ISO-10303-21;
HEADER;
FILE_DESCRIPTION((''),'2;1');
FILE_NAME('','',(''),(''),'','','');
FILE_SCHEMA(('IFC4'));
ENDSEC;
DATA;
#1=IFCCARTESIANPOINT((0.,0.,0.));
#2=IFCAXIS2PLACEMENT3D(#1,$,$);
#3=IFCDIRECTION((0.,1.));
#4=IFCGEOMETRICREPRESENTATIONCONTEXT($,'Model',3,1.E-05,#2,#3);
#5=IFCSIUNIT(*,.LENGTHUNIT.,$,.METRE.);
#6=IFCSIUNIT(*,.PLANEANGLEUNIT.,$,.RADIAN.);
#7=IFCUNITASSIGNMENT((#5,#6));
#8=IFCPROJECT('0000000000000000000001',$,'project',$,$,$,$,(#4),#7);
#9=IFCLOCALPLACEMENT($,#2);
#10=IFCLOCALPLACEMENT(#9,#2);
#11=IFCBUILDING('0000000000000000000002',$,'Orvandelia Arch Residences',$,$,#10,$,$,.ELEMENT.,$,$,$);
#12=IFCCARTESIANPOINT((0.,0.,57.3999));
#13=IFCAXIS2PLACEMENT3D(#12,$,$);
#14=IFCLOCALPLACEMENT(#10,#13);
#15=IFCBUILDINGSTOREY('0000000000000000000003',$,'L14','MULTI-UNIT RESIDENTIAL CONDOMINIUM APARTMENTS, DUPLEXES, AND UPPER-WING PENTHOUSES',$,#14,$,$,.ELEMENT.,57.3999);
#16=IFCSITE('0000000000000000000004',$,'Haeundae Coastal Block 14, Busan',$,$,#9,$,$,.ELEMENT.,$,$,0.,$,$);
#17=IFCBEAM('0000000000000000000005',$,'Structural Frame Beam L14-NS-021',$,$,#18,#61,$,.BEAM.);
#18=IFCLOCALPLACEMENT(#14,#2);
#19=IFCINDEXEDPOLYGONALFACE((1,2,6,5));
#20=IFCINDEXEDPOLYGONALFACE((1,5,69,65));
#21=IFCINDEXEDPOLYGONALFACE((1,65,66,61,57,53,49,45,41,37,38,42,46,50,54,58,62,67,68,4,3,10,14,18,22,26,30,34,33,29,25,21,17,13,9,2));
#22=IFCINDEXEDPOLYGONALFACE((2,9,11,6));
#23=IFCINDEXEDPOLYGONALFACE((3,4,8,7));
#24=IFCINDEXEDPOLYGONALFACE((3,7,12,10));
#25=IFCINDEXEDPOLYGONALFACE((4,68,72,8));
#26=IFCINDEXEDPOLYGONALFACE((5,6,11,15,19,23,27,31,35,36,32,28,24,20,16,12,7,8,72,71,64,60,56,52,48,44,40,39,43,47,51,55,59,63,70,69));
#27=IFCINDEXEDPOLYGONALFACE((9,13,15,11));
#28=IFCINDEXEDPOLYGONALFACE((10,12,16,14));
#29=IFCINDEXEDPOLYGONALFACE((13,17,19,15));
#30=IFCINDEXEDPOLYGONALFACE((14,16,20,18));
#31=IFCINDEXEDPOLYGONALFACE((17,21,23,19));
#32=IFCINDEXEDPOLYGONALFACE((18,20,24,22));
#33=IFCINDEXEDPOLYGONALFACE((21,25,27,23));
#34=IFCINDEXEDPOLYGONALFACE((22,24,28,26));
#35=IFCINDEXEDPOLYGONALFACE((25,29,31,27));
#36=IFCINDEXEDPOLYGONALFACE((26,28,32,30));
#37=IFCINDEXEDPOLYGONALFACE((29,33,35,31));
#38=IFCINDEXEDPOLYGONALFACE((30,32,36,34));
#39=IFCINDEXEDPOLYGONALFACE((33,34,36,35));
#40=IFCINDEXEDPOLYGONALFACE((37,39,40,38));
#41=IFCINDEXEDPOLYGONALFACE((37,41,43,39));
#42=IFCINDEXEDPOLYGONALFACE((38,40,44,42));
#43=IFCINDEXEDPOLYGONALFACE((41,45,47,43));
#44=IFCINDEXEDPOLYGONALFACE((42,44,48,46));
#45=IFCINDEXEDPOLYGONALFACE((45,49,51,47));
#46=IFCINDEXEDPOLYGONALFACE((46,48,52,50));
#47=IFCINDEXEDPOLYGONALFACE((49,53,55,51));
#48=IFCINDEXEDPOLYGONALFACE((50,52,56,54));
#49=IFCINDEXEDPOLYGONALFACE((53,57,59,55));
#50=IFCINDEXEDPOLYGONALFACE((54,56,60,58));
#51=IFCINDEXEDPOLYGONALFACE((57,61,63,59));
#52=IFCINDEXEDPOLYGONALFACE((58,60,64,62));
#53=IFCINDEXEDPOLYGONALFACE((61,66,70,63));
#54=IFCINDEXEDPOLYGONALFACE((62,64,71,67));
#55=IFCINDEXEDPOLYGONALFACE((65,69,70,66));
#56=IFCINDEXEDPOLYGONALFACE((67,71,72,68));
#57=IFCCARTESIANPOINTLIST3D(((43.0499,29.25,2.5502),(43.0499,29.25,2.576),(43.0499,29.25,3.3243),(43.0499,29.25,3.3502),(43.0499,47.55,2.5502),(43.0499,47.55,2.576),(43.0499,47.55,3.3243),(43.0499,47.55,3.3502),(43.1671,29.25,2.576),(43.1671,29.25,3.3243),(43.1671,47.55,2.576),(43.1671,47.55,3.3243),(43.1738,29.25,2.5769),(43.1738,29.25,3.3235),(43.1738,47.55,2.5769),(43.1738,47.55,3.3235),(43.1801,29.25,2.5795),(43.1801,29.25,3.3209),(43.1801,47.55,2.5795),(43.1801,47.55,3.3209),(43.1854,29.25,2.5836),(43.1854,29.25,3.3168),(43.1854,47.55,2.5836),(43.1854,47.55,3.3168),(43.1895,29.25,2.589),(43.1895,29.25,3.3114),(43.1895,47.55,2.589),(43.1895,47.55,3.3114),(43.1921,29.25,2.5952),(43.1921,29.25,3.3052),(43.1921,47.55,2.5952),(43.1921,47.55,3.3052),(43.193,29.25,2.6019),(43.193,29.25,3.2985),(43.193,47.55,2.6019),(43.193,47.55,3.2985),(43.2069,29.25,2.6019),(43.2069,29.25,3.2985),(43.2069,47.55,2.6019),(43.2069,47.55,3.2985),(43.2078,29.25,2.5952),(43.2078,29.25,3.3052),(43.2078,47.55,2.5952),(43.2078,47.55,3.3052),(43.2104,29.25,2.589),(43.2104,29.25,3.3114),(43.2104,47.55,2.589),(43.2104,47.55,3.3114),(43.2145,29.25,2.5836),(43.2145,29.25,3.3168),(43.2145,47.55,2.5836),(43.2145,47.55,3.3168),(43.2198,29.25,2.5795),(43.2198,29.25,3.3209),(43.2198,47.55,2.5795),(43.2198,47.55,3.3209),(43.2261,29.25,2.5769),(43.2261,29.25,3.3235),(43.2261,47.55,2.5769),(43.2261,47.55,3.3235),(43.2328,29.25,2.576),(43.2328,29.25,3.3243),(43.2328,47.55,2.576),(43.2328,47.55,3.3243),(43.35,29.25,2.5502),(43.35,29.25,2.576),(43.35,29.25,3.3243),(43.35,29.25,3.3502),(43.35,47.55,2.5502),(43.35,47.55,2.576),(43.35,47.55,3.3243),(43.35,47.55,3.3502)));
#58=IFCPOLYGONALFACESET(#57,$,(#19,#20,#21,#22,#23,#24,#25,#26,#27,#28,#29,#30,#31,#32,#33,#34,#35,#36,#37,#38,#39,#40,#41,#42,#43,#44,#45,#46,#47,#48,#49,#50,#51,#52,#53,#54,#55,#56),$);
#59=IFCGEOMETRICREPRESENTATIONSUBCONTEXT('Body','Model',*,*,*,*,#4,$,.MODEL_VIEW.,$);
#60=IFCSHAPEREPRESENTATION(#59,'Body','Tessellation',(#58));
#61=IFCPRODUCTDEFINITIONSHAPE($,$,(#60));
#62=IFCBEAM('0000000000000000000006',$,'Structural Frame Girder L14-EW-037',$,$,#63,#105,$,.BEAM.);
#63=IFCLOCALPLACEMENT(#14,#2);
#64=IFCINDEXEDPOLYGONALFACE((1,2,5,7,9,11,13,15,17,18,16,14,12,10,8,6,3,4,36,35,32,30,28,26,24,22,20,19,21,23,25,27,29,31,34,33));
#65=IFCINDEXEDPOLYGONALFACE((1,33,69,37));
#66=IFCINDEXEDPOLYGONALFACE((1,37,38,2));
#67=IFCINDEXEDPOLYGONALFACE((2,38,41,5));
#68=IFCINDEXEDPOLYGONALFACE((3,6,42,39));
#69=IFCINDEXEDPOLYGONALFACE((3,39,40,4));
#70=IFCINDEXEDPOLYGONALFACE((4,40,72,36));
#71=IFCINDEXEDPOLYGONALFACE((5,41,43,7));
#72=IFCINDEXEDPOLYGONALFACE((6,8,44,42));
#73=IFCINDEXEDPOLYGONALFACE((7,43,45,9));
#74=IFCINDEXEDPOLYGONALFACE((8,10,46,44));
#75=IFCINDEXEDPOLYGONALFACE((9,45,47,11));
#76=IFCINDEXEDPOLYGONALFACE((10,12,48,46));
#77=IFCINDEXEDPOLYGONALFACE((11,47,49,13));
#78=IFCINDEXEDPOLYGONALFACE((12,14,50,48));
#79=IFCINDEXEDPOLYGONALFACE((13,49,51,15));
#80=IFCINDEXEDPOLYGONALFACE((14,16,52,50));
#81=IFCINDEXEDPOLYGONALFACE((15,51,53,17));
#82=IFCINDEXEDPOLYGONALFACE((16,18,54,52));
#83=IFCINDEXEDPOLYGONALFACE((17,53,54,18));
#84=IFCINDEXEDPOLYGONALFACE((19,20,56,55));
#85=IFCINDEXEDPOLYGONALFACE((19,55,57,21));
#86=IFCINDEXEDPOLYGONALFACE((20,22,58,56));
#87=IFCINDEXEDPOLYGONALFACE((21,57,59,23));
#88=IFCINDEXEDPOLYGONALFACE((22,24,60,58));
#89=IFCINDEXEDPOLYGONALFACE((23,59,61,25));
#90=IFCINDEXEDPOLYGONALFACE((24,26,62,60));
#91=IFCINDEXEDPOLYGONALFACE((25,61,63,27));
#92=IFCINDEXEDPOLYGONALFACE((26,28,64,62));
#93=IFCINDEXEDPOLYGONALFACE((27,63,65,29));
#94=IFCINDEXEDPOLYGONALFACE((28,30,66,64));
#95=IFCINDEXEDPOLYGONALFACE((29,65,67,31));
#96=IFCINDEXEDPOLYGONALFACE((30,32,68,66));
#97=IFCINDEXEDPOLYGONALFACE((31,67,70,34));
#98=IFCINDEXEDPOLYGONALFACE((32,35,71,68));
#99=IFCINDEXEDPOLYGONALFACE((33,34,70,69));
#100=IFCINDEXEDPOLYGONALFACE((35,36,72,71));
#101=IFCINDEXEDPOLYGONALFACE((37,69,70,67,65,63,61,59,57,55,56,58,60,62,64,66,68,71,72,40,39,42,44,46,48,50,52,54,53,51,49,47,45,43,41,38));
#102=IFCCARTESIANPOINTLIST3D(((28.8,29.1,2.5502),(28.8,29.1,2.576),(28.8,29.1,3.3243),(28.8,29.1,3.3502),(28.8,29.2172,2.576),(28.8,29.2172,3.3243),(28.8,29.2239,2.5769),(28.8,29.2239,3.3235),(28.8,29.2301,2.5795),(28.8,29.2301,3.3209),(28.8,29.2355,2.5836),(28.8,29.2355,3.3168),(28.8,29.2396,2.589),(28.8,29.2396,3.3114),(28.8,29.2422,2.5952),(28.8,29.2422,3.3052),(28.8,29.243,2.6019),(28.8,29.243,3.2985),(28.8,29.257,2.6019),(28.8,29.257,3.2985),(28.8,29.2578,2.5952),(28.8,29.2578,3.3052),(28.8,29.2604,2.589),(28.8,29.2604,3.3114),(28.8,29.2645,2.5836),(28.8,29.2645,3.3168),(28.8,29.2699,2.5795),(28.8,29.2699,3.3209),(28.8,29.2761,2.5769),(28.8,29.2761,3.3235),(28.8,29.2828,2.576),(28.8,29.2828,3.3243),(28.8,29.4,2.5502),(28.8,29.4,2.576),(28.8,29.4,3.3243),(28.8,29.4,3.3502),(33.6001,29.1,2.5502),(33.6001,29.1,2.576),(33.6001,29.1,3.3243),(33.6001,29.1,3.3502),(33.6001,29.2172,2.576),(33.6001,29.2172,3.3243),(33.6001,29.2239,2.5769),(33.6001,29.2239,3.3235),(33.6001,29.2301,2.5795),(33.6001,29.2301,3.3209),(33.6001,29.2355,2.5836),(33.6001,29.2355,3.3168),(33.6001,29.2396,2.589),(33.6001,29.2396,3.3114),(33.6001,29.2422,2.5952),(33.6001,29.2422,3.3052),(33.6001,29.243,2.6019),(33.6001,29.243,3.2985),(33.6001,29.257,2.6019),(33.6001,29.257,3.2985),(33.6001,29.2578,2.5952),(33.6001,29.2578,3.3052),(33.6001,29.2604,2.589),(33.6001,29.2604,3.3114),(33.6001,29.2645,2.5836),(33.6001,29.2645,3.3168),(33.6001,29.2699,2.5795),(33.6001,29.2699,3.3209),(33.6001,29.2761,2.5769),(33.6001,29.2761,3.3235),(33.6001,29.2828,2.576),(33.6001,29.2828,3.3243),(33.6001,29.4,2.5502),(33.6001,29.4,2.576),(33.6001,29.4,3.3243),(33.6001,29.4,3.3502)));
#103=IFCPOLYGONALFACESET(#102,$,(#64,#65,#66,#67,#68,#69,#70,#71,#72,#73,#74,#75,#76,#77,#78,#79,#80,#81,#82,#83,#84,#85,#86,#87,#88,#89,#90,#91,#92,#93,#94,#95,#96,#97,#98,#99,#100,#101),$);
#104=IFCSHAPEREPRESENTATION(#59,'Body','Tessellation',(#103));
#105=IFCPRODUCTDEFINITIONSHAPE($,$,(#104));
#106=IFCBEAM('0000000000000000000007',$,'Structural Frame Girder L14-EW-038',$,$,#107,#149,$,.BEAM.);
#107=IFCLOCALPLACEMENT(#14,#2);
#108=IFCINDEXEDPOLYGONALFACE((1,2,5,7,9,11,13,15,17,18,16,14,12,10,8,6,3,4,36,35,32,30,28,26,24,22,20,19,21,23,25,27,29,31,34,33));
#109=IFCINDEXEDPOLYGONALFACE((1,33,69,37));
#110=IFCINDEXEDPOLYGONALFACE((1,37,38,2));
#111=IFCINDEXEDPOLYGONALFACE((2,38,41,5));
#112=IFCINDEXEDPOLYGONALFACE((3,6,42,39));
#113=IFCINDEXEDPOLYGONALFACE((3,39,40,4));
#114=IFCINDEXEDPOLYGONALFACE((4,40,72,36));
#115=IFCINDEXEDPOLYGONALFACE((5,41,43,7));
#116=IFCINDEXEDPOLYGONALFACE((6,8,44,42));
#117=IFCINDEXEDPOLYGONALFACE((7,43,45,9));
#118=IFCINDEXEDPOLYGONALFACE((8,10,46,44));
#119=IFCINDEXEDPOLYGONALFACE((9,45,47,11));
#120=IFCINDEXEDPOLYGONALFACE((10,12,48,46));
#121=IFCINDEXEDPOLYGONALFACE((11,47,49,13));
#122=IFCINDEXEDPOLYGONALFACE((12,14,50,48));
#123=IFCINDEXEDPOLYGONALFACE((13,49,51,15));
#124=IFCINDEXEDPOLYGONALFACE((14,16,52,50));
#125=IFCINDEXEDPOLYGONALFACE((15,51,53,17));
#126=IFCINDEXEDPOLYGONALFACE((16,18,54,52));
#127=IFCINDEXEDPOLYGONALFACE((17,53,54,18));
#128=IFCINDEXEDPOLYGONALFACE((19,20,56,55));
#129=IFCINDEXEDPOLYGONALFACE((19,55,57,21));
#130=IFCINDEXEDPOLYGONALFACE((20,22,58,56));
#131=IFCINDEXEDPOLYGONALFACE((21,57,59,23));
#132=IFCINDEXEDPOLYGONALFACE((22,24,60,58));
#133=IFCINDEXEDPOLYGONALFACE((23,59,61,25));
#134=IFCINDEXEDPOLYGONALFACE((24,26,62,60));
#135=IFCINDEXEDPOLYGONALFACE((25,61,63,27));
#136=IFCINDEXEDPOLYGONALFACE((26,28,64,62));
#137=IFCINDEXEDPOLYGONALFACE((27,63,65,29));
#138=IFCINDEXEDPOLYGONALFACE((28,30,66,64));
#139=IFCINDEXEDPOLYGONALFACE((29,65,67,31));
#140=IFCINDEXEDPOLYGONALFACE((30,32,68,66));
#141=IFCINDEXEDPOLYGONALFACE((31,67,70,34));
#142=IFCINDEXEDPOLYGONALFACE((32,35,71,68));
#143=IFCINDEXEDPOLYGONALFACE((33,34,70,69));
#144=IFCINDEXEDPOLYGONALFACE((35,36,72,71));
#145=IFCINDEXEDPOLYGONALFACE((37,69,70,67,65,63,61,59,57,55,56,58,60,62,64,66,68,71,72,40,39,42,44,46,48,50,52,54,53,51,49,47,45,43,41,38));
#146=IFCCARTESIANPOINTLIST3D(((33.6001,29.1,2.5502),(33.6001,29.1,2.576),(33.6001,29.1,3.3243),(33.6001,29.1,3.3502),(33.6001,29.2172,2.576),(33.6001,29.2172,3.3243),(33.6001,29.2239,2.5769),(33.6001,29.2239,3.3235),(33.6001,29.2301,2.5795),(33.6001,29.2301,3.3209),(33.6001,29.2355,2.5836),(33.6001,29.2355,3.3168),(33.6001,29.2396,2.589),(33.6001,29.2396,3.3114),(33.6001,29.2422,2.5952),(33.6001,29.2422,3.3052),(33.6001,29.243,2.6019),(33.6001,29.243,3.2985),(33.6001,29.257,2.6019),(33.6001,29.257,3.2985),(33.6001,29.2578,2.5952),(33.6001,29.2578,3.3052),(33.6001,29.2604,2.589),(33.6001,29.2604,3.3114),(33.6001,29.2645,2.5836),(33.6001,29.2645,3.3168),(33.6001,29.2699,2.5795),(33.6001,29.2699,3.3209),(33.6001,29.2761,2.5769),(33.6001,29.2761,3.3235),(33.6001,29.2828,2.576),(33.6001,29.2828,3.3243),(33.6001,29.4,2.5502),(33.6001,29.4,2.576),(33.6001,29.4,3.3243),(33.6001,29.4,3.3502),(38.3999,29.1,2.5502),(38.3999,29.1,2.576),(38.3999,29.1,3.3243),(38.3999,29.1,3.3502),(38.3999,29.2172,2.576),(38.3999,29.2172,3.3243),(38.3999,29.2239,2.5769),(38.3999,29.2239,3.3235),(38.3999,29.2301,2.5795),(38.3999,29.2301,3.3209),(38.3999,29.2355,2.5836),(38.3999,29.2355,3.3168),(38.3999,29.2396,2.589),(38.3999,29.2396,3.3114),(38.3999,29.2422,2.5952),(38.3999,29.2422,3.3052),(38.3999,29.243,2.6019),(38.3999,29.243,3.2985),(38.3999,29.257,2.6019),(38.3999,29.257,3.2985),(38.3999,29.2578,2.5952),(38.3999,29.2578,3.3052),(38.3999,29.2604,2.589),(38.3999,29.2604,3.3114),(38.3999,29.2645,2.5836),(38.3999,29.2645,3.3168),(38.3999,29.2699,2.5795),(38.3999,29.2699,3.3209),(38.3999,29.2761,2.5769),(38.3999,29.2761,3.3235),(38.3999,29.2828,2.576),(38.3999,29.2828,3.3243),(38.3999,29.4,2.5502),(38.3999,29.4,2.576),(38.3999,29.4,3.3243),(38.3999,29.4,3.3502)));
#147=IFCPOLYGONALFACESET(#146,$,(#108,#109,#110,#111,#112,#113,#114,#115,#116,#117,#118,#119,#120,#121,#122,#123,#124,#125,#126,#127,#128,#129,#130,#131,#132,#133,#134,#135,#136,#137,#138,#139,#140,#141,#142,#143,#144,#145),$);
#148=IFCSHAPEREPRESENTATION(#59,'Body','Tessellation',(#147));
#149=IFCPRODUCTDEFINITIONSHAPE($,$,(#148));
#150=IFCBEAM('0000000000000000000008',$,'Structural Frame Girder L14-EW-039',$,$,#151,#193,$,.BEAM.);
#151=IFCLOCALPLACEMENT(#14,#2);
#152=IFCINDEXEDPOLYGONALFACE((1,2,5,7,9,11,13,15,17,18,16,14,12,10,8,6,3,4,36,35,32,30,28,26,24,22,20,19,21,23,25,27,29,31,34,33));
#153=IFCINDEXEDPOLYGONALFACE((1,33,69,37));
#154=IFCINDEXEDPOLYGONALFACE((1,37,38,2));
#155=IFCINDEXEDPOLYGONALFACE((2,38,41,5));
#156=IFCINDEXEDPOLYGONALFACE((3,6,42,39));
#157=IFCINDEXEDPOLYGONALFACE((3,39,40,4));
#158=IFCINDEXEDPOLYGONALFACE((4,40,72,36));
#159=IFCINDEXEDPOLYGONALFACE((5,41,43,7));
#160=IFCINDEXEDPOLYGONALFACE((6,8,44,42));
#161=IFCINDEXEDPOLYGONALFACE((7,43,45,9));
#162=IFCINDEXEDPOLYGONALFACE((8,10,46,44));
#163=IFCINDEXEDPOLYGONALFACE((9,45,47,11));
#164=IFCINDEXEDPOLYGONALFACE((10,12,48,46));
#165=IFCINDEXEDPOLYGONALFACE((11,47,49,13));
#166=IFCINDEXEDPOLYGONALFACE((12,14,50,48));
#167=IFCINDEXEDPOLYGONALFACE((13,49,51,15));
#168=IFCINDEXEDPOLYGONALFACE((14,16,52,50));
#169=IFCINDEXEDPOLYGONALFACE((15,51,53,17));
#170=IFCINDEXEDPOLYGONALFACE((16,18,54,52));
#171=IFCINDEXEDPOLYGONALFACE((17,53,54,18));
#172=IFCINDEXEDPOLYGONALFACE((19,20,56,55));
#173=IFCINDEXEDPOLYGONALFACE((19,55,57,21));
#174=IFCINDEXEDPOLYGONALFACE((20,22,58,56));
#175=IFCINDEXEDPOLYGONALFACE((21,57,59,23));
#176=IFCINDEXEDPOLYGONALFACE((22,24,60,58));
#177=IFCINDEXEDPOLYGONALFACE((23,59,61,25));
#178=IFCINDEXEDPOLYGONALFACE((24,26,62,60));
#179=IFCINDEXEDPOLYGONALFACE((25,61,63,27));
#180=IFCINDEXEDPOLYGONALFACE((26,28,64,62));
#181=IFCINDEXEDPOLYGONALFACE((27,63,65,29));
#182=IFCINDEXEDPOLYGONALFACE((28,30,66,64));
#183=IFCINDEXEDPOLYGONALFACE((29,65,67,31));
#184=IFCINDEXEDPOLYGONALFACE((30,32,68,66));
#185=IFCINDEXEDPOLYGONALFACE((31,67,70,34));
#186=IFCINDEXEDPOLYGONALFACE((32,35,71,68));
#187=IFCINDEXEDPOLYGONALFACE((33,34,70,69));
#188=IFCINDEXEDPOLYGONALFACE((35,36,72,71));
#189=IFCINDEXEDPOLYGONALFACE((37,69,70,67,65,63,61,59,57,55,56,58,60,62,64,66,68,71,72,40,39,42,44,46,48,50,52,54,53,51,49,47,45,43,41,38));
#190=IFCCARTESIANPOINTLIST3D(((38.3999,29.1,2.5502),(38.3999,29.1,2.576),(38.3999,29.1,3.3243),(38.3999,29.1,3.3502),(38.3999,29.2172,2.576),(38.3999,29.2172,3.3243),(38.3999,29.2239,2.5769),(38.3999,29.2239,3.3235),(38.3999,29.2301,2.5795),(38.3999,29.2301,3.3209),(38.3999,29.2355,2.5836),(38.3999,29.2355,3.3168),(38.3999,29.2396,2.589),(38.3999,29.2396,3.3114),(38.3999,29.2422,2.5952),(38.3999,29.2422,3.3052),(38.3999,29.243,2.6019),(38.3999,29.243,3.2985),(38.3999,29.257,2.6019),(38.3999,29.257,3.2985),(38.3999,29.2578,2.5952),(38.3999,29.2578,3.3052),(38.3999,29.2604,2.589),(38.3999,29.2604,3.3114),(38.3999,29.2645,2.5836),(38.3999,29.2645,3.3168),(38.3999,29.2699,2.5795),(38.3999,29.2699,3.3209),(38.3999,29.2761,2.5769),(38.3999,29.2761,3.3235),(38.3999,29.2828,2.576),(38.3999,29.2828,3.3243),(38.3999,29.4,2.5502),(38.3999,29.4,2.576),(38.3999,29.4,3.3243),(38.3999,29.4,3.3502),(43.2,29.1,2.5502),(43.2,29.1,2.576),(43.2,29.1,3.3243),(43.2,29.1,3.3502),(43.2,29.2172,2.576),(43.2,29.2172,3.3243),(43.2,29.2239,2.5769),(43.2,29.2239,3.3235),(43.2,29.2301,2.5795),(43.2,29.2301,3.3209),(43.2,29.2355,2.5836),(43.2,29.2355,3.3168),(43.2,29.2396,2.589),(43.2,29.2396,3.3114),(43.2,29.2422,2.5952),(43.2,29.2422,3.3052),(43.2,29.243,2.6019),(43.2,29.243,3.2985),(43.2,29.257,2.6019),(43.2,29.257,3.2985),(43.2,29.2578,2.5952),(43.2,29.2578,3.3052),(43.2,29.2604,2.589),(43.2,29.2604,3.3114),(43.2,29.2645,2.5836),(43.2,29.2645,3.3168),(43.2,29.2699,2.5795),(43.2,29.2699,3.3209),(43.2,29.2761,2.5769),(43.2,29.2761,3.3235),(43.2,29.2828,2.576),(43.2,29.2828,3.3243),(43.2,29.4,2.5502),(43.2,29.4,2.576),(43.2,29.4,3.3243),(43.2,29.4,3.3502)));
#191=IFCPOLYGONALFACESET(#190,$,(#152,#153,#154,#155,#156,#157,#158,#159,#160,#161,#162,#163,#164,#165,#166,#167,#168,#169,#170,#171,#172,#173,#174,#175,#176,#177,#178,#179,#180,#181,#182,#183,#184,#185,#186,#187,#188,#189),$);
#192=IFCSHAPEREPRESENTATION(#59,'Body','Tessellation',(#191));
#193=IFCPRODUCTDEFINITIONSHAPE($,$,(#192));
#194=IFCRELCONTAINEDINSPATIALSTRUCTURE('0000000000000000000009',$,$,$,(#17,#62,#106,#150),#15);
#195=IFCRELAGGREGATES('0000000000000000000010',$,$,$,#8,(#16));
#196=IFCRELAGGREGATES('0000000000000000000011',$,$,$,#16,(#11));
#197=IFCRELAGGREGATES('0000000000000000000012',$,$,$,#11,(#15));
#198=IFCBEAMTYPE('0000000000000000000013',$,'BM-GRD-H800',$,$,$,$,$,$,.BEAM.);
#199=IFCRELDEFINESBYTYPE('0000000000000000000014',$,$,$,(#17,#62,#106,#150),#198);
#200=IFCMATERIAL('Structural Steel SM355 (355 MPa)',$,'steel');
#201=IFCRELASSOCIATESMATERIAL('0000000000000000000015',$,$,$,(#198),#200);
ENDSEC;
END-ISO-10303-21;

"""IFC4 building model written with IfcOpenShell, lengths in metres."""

from ifc_helpers import new_model, si_unit, direction, frame, origin, origin_2d, place, context, subcontext, project, spatial, i_section, extrude, material, material_profile, profile_set, type_object, element, save


model = new_model("IFC4")

# Units and contexts
model_context = context("Model", 3, precision=1e-05, world=origin(), true_north=direction((0.0, 1.0)))
body_context = subcontext(model_context, "Body", "Model", "MODEL_VIEW")
ifc_project = project(units=[si_unit("LENGTHUNIT", "METRE"), si_unit("PLANEANGLEUNIT", "RADIAN")], contexts=[model_context])

# Site, building, storey
site_placement = place(None, origin())
site = spatial("IfcSite", under=ifc_project, at=site_placement, Name="Haeundae Coastal Block 14, Busan", CompositionType="ELEMENT", RefElevation=0.0)
building_placement = place(site_placement, origin())
building = spatial("IfcBuilding", under=site, at=building_placement, Name="Orvandelia Arch Residences", CompositionType="ELEMENT")
storey_placement = place(building_placement, frame((0.0, 0.0, 57.3999)))
storey = spatial("IfcBuildingStorey", under=building, at=storey_placement, Name="L14", Description="MULTI-UNIT RESIDENTIAL CONDOMINIUM APARTMENTS, DUPLEXES, AND UPPER-WING PENTHOUSES", CompositionType="ELEMENT", Elevation=57.3999)

# Beams
ifc_material_1 = material(Name="Structural Steel SM355 (355 MPa)", Category="steel")
ifc_material_profile_1 = material_profile(ifc_material_1, i_section(OverallWidth=0.3, OverallDepth=0.8, WebThickness=0.0139, FlangeThickness=0.0259, FilletRadius=0.0259, at=origin_2d()), Name="Structural Steel SM355 (355 MPa)", Category="steel")
ifc_profile_set_1 = profile_set([ifc_material_profile_1], Name="Structural Steel SM355 (355 MPa)")
beam_type = type_object("IfcBeamType", Name="BM-GRD-H800", PredefinedType="BEAM", material=ifc_profile_set_1)
for number, where, z_axis, x_axis, name in (
    (1, (43.2, 29.25, 2.9502), (0.0, 1.0, 0.0), (-1.0, 0.0, 0.0), "Structural Frame Beam L14-NS-021"),
):
    element("IfcBeam", number, at=place(storey_placement, frame(where, z_axis=z_axis, x_axis=x_axis)), inside=storey, type_object=beam_type, Name=name, PredefinedType="BEAM", context=body_context, shape_type="SweptSolid", body=[
        extrude(i_section(OverallWidth=0.3, OverallDepth=0.8, WebThickness=0.0139, FlangeThickness=0.0259, FilletRadius=0.0259, at=origin_2d()), origin(), (0.0, 0.0, 1.0), 18.3),
    ])
beam_1_placement = place(storey_placement, frame((28.8, 29.25, 2.9502), z_axis=(1.0, 0.0, 0.0), x_axis=(0.0, 1.0, 0.0)))
element("IfcBeam", 2, at=beam_1_placement, inside=storey, type_object=beam_type, Name="Structural Frame Girder L14-EW-037", PredefinedType="BEAM", context=body_context, shape_type="SweptSolid", body=[
    extrude(i_section(OverallWidth=0.3, OverallDepth=0.8, WebThickness=0.0139, FlangeThickness=0.0259, FilletRadius=0.0259, at=origin_2d()), origin(), (0.0, 0.0, 1.0), 4.8),
])
beam_2_placement = place(storey_placement, frame((33.6001, 29.25, 2.9502), z_axis=(1.0, 0.0, 0.0), x_axis=(0.0, 1.0, 0.0)))
element("IfcBeam", 3, at=beam_2_placement, inside=storey, type_object=beam_type, Name="Structural Frame Girder L14-EW-038", PredefinedType="BEAM", context=body_context, shape_type="SweptSolid", body=[
    extrude(i_section(OverallWidth=0.3, OverallDepth=0.8, WebThickness=0.0139, FlangeThickness=0.0259, FilletRadius=0.0259, at=origin_2d()), origin(), (0.0, 0.0, 1.0), 4.7998),
])
beam_3_placement = place(storey_placement, frame((38.3999, 29.25, 2.9502), z_axis=(1.0, 0.0, 0.0), x_axis=(0.0, 1.0, 0.0)))
element("IfcBeam", 4, at=beam_3_placement, inside=storey, type_object=beam_type, Name="Structural Frame Girder L14-EW-039", PredefinedType="BEAM", context=body_context, shape_type="SweptSolid", body=[
    extrude(i_section(OverallWidth=0.3, OverallDepth=0.8, WebThickness=0.0139, FlangeThickness=0.0259, FilletRadius=0.0259, at=origin_2d()), origin(), (0.0, 0.0, 1.0), 4.8),
])

save(model, "model.ifc")
